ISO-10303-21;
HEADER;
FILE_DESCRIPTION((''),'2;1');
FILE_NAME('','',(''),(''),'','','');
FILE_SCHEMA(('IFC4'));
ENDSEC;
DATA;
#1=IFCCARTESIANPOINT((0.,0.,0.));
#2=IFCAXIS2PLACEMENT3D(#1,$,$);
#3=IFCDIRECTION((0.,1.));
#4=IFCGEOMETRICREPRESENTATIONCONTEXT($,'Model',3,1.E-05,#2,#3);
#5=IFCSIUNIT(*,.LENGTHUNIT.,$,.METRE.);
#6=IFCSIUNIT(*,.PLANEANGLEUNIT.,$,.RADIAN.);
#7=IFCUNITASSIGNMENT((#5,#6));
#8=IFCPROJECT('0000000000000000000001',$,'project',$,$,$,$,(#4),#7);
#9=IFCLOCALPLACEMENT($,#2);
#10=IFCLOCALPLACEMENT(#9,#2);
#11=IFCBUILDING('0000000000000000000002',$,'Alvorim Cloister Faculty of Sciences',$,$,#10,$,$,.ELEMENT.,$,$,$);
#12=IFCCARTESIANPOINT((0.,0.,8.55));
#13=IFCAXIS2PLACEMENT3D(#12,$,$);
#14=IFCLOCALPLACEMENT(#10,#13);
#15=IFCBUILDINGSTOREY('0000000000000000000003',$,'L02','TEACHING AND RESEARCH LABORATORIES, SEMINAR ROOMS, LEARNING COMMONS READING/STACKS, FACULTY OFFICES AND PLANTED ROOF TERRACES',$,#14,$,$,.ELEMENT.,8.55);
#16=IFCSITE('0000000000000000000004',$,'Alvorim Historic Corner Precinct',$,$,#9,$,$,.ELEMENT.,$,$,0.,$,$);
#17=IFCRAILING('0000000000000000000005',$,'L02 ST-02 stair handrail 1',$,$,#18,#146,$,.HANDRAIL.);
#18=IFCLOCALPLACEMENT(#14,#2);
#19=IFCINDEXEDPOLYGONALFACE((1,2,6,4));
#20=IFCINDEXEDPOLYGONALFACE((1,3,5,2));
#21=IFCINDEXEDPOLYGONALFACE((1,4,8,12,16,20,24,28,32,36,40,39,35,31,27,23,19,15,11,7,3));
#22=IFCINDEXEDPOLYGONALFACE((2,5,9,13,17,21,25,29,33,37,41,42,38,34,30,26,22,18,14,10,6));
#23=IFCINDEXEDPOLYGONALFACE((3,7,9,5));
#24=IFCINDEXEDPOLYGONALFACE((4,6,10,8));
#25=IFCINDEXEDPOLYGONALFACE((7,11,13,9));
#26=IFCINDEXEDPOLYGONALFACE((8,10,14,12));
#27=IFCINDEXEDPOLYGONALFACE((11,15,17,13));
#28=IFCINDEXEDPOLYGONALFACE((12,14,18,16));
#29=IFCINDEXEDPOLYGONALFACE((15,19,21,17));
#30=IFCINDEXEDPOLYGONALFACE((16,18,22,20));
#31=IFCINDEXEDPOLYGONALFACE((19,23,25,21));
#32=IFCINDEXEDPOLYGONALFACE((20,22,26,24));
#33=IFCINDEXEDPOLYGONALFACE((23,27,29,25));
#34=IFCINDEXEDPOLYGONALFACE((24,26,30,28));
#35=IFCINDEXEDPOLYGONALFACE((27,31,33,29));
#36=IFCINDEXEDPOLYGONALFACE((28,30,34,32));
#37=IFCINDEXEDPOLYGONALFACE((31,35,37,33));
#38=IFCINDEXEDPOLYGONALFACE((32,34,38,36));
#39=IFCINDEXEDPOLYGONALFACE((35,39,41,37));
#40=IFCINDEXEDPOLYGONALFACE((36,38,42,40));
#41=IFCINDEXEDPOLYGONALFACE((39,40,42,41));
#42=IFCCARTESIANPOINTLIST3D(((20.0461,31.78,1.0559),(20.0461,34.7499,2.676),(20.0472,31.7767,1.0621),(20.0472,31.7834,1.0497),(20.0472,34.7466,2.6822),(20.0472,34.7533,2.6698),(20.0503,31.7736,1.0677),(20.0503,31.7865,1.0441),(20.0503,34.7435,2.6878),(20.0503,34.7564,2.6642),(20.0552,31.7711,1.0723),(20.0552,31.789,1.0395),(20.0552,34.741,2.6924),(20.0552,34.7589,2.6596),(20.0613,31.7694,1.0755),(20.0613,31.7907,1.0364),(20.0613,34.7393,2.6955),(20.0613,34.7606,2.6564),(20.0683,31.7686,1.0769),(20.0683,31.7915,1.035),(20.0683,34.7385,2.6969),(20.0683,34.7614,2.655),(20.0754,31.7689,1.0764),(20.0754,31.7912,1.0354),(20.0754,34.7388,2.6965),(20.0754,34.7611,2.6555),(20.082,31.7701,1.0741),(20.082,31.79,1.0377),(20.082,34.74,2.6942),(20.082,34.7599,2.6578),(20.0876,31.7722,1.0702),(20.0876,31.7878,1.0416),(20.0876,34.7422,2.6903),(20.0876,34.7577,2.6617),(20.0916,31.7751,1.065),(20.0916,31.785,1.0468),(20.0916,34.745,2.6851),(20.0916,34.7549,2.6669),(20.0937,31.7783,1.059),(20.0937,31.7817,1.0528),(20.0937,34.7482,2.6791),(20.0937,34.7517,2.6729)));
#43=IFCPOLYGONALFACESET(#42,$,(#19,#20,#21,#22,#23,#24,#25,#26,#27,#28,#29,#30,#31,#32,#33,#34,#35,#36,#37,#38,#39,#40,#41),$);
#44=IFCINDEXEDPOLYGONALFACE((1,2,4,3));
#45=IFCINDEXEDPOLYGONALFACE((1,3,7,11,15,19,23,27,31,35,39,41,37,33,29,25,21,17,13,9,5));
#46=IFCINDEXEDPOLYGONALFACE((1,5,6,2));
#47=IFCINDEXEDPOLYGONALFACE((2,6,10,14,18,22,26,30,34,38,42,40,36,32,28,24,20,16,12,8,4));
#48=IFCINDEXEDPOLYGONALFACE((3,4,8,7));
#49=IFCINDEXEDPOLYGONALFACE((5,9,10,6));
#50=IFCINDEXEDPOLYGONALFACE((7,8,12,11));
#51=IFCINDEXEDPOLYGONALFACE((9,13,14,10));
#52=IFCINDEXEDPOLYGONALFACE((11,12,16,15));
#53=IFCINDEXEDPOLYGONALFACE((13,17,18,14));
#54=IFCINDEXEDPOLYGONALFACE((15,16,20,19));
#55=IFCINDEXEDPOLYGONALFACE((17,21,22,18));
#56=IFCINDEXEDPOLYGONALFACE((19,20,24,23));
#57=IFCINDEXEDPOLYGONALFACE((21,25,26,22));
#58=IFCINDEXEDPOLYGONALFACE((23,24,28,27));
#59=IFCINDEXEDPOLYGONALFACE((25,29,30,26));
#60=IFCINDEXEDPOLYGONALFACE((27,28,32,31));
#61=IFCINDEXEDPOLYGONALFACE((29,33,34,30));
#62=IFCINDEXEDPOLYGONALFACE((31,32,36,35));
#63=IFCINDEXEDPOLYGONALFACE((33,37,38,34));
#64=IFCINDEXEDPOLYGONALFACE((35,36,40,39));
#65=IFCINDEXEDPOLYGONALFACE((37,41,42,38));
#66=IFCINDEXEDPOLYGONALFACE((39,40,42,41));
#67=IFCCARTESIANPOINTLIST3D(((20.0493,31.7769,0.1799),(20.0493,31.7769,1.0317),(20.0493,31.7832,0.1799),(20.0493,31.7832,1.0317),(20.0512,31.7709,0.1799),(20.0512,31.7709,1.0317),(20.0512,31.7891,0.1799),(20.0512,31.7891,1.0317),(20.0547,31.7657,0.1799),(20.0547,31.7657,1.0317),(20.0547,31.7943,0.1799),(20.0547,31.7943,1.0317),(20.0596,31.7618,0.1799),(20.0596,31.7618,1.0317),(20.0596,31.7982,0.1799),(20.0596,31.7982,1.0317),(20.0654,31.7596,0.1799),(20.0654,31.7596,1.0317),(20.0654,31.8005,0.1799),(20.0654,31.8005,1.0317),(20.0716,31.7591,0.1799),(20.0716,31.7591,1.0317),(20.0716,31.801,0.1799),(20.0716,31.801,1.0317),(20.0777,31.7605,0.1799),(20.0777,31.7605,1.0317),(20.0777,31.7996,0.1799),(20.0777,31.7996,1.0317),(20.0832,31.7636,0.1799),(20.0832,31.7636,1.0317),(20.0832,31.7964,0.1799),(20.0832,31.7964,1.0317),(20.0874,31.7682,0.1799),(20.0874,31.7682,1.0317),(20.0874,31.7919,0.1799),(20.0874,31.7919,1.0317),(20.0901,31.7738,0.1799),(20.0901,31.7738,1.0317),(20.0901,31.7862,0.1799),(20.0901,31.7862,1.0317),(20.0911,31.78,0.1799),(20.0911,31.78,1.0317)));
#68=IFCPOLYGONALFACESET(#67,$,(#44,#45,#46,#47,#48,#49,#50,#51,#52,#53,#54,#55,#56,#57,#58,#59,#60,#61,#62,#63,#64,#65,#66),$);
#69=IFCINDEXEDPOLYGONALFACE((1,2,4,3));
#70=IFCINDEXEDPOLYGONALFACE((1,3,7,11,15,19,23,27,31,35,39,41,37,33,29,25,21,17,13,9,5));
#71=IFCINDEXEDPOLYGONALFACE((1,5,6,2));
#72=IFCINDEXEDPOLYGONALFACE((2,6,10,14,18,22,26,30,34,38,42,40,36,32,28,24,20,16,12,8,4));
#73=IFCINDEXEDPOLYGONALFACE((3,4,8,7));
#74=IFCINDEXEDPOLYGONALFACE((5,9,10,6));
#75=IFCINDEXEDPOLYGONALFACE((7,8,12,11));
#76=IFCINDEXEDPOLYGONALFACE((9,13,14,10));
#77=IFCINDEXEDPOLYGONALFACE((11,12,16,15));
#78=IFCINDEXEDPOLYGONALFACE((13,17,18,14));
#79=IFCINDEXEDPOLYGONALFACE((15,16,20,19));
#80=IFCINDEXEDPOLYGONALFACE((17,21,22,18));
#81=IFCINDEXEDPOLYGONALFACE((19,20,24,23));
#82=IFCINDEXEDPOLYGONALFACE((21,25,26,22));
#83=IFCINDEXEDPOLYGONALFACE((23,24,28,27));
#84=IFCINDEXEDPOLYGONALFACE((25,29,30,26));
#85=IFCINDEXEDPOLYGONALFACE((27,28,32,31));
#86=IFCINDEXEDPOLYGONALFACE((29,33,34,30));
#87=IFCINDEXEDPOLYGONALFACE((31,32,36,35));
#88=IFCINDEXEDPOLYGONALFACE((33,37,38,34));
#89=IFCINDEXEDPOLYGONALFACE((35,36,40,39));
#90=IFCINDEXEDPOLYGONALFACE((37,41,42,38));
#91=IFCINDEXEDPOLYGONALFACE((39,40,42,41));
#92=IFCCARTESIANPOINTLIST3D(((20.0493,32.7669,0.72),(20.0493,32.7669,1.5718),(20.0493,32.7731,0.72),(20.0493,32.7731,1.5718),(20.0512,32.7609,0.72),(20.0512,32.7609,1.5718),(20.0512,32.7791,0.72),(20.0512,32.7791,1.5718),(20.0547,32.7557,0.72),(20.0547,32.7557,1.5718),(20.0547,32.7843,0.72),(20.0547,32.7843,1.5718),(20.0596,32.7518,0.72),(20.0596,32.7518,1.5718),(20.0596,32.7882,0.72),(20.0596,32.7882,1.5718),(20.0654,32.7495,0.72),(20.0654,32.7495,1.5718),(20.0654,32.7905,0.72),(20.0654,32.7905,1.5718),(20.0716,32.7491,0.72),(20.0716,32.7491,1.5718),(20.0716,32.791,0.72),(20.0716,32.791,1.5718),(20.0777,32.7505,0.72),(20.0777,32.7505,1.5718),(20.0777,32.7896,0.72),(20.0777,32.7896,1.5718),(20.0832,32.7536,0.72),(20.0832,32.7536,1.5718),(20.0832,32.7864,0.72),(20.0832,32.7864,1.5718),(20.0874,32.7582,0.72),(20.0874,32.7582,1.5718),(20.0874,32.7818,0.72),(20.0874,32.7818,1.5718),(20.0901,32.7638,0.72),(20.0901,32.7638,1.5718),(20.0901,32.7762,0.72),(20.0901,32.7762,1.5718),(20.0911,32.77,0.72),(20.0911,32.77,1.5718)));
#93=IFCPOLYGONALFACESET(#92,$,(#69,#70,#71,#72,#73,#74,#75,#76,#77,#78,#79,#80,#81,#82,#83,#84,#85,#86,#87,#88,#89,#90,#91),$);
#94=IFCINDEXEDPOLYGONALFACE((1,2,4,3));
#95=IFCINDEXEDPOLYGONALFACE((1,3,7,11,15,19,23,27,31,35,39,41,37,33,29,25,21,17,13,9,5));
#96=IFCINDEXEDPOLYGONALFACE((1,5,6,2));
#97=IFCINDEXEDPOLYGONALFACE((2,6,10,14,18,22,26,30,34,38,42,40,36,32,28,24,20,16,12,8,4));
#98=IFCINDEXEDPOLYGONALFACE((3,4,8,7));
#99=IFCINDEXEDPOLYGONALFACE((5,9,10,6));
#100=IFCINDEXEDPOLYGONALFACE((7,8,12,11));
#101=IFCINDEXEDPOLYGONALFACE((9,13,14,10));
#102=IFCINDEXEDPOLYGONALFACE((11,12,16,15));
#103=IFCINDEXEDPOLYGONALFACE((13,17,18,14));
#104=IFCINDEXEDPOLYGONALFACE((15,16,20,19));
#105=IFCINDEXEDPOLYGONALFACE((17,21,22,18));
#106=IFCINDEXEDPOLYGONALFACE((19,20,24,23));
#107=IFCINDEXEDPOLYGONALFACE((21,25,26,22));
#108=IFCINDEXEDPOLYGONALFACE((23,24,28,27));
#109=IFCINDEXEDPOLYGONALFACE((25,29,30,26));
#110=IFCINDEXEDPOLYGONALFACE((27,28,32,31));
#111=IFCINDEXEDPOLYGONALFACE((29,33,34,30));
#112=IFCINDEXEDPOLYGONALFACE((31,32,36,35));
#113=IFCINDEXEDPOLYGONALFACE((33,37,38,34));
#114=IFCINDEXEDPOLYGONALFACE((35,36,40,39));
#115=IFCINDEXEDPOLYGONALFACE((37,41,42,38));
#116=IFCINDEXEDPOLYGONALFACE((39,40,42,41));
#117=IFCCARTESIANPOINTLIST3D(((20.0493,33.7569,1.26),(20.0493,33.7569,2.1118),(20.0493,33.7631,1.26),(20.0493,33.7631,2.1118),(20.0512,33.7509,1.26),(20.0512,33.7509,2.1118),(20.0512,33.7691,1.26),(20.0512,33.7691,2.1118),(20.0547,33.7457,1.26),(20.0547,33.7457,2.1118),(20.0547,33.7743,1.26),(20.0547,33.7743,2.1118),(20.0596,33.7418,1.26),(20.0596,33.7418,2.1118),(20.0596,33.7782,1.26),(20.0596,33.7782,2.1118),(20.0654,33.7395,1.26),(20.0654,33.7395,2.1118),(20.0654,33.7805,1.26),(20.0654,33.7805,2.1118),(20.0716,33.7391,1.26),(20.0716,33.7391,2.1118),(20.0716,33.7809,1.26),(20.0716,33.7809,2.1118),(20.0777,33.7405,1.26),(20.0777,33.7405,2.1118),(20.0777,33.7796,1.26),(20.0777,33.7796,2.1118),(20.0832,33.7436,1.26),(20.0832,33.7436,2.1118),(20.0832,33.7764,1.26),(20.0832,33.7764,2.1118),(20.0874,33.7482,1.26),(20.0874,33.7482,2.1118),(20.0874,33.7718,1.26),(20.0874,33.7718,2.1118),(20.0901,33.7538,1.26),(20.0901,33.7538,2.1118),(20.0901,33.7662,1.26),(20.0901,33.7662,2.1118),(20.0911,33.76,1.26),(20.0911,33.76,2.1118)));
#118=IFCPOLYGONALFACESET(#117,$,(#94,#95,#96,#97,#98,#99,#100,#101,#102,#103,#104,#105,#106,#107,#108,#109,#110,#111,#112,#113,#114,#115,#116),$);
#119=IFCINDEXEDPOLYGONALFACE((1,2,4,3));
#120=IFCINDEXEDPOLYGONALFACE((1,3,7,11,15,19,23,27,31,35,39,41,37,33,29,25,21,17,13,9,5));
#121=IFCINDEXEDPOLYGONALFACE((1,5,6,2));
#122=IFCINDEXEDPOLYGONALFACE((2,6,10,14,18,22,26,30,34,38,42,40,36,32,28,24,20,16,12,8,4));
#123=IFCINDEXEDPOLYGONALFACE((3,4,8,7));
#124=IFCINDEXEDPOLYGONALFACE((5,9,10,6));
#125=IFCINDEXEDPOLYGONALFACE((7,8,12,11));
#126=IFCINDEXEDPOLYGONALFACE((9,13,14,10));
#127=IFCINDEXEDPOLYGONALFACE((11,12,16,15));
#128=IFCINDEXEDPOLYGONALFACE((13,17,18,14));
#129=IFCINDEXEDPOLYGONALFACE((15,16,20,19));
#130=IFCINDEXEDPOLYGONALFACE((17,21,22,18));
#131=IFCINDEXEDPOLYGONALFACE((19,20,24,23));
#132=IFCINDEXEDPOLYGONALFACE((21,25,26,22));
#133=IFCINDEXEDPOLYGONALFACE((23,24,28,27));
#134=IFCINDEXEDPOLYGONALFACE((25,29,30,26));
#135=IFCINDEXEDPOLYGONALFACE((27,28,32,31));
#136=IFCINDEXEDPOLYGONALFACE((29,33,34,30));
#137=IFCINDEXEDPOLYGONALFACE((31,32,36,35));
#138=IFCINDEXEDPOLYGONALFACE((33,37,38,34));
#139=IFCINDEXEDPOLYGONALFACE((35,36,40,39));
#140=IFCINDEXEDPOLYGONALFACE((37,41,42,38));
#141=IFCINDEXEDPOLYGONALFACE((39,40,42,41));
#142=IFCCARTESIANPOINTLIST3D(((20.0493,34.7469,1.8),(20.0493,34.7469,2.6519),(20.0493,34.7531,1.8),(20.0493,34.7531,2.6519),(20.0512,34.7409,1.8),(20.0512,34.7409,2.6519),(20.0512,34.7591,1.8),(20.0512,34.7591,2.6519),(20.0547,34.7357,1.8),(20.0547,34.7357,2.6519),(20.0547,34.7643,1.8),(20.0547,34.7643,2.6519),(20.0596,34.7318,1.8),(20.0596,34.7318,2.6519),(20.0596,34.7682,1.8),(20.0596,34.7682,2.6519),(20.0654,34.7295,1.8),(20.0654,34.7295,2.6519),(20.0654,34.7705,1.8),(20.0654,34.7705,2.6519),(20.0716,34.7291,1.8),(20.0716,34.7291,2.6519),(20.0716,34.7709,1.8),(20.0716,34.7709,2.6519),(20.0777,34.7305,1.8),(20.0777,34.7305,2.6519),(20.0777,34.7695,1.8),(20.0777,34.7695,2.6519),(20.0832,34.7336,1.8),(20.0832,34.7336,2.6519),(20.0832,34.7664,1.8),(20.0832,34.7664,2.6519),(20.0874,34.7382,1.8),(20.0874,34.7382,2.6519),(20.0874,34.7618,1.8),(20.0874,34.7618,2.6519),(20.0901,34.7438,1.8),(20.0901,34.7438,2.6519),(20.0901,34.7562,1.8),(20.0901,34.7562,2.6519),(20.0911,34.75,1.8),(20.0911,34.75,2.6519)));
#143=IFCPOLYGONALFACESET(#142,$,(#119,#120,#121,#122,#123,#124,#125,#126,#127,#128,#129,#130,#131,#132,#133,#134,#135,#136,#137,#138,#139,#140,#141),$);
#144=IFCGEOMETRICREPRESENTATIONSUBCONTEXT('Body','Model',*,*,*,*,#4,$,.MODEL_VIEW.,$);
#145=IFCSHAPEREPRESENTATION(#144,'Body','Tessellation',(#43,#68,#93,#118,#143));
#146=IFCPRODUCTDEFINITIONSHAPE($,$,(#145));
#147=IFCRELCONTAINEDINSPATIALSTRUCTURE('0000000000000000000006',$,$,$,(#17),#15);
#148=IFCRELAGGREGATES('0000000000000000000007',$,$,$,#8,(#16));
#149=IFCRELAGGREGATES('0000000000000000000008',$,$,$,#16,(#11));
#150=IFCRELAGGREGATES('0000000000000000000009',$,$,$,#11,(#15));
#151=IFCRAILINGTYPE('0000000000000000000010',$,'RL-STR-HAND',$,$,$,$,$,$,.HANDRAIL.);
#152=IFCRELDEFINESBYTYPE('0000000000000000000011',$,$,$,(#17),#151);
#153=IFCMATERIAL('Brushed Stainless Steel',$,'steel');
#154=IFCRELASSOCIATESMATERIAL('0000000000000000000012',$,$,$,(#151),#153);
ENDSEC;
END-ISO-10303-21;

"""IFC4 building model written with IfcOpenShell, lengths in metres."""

from ifc_helpers import new_model, si_unit, direction, frame, origin, origin_2d, place, context, subcontext, project, spatial, circle, extrude, material, type_object, element, save


model = new_model("IFC4")

# Units and contexts
model_context = context("Model", 3, precision=1e-05, world=origin(), true_north=direction((0.0, 1.0)))
body_context = subcontext(model_context, "Body", "Model", "MODEL_VIEW")
ifc_project = project(units=[si_unit("LENGTHUNIT", "METRE"), si_unit("PLANEANGLEUNIT", "RADIAN")], contexts=[model_context])

# Site, building, storey
site_placement = place(None, origin())
site = spatial("IfcSite", under=ifc_project, at=site_placement, Name="Alvorim Historic Corner Precinct", CompositionType="ELEMENT", RefElevation=0.0)
building_placement = place(site_placement, origin())
building = spatial("IfcBuilding", under=site, at=building_placement, Name="Alvorim Cloister Faculty of Sciences", CompositionType="ELEMENT")
storey_placement = place(building_placement, frame((0.0, 0.0, 8.55)))
storey = spatial("IfcBuildingStorey", under=building, at=storey_placement, Name="L02", Description="TEACHING AND RESEARCH LABORATORIES, SEMINAR ROOMS, LEARNING COMMONS READING/STACKS, FACULTY OFFICES AND PLANTED ROOF TERRACES", CompositionType="ELEMENT", Elevation=8.55)

# Shared definitions
ifc_material_1 = material(Name="Brushed Stainless Steel", Category="steel")

# Railing
railing_type_1 = type_object("IfcRailingType", Name="RL-STR-HAND", PredefinedType="HANDRAIL", material=ifc_material_1)
railing_1_placement = place(storey_placement, frame((20.0701, 31.78, 0.1799)))
element("IfcRailing", 1, at=railing_1_placement, inside=storey, type_object=railing_type_1, Name="L02 ST-02 stair handrail 1", PredefinedType="HANDRAIL", context=body_context, shape_type="SweptSolid", body=[
    extrude(circle(Radius=0.0239, at=origin_2d()), frame((0.0, 0.0, 0.876), z_axis=(0.0, 0.877879, 0.478882), x_axis=(-1.0, 0.0, 0.0)), (0.0, 0.0, 1.0), 3.3831),
    extrude(circle(Radius=0.021, at=origin_2d()), origin(), (0.0, 0.0, 1.0), 0.8518),
    extrude(circle(Radius=0.021, at=origin_2d()), frame((0.0, 0.99, 0.54)), (0.0, 0.0, 1.0), 0.8518),
    extrude(circle(Radius=0.021, at=origin_2d()), frame((0.0, 1.98, 1.0801)), (0.0, 0.0, 1.0), 0.8518),
    extrude(circle(Radius=0.021, at=origin_2d()), frame((0.0, 2.97, 1.6201)), (0.0, 0.0, 1.0), 0.8518),
])

save(model, "model.ifc")
